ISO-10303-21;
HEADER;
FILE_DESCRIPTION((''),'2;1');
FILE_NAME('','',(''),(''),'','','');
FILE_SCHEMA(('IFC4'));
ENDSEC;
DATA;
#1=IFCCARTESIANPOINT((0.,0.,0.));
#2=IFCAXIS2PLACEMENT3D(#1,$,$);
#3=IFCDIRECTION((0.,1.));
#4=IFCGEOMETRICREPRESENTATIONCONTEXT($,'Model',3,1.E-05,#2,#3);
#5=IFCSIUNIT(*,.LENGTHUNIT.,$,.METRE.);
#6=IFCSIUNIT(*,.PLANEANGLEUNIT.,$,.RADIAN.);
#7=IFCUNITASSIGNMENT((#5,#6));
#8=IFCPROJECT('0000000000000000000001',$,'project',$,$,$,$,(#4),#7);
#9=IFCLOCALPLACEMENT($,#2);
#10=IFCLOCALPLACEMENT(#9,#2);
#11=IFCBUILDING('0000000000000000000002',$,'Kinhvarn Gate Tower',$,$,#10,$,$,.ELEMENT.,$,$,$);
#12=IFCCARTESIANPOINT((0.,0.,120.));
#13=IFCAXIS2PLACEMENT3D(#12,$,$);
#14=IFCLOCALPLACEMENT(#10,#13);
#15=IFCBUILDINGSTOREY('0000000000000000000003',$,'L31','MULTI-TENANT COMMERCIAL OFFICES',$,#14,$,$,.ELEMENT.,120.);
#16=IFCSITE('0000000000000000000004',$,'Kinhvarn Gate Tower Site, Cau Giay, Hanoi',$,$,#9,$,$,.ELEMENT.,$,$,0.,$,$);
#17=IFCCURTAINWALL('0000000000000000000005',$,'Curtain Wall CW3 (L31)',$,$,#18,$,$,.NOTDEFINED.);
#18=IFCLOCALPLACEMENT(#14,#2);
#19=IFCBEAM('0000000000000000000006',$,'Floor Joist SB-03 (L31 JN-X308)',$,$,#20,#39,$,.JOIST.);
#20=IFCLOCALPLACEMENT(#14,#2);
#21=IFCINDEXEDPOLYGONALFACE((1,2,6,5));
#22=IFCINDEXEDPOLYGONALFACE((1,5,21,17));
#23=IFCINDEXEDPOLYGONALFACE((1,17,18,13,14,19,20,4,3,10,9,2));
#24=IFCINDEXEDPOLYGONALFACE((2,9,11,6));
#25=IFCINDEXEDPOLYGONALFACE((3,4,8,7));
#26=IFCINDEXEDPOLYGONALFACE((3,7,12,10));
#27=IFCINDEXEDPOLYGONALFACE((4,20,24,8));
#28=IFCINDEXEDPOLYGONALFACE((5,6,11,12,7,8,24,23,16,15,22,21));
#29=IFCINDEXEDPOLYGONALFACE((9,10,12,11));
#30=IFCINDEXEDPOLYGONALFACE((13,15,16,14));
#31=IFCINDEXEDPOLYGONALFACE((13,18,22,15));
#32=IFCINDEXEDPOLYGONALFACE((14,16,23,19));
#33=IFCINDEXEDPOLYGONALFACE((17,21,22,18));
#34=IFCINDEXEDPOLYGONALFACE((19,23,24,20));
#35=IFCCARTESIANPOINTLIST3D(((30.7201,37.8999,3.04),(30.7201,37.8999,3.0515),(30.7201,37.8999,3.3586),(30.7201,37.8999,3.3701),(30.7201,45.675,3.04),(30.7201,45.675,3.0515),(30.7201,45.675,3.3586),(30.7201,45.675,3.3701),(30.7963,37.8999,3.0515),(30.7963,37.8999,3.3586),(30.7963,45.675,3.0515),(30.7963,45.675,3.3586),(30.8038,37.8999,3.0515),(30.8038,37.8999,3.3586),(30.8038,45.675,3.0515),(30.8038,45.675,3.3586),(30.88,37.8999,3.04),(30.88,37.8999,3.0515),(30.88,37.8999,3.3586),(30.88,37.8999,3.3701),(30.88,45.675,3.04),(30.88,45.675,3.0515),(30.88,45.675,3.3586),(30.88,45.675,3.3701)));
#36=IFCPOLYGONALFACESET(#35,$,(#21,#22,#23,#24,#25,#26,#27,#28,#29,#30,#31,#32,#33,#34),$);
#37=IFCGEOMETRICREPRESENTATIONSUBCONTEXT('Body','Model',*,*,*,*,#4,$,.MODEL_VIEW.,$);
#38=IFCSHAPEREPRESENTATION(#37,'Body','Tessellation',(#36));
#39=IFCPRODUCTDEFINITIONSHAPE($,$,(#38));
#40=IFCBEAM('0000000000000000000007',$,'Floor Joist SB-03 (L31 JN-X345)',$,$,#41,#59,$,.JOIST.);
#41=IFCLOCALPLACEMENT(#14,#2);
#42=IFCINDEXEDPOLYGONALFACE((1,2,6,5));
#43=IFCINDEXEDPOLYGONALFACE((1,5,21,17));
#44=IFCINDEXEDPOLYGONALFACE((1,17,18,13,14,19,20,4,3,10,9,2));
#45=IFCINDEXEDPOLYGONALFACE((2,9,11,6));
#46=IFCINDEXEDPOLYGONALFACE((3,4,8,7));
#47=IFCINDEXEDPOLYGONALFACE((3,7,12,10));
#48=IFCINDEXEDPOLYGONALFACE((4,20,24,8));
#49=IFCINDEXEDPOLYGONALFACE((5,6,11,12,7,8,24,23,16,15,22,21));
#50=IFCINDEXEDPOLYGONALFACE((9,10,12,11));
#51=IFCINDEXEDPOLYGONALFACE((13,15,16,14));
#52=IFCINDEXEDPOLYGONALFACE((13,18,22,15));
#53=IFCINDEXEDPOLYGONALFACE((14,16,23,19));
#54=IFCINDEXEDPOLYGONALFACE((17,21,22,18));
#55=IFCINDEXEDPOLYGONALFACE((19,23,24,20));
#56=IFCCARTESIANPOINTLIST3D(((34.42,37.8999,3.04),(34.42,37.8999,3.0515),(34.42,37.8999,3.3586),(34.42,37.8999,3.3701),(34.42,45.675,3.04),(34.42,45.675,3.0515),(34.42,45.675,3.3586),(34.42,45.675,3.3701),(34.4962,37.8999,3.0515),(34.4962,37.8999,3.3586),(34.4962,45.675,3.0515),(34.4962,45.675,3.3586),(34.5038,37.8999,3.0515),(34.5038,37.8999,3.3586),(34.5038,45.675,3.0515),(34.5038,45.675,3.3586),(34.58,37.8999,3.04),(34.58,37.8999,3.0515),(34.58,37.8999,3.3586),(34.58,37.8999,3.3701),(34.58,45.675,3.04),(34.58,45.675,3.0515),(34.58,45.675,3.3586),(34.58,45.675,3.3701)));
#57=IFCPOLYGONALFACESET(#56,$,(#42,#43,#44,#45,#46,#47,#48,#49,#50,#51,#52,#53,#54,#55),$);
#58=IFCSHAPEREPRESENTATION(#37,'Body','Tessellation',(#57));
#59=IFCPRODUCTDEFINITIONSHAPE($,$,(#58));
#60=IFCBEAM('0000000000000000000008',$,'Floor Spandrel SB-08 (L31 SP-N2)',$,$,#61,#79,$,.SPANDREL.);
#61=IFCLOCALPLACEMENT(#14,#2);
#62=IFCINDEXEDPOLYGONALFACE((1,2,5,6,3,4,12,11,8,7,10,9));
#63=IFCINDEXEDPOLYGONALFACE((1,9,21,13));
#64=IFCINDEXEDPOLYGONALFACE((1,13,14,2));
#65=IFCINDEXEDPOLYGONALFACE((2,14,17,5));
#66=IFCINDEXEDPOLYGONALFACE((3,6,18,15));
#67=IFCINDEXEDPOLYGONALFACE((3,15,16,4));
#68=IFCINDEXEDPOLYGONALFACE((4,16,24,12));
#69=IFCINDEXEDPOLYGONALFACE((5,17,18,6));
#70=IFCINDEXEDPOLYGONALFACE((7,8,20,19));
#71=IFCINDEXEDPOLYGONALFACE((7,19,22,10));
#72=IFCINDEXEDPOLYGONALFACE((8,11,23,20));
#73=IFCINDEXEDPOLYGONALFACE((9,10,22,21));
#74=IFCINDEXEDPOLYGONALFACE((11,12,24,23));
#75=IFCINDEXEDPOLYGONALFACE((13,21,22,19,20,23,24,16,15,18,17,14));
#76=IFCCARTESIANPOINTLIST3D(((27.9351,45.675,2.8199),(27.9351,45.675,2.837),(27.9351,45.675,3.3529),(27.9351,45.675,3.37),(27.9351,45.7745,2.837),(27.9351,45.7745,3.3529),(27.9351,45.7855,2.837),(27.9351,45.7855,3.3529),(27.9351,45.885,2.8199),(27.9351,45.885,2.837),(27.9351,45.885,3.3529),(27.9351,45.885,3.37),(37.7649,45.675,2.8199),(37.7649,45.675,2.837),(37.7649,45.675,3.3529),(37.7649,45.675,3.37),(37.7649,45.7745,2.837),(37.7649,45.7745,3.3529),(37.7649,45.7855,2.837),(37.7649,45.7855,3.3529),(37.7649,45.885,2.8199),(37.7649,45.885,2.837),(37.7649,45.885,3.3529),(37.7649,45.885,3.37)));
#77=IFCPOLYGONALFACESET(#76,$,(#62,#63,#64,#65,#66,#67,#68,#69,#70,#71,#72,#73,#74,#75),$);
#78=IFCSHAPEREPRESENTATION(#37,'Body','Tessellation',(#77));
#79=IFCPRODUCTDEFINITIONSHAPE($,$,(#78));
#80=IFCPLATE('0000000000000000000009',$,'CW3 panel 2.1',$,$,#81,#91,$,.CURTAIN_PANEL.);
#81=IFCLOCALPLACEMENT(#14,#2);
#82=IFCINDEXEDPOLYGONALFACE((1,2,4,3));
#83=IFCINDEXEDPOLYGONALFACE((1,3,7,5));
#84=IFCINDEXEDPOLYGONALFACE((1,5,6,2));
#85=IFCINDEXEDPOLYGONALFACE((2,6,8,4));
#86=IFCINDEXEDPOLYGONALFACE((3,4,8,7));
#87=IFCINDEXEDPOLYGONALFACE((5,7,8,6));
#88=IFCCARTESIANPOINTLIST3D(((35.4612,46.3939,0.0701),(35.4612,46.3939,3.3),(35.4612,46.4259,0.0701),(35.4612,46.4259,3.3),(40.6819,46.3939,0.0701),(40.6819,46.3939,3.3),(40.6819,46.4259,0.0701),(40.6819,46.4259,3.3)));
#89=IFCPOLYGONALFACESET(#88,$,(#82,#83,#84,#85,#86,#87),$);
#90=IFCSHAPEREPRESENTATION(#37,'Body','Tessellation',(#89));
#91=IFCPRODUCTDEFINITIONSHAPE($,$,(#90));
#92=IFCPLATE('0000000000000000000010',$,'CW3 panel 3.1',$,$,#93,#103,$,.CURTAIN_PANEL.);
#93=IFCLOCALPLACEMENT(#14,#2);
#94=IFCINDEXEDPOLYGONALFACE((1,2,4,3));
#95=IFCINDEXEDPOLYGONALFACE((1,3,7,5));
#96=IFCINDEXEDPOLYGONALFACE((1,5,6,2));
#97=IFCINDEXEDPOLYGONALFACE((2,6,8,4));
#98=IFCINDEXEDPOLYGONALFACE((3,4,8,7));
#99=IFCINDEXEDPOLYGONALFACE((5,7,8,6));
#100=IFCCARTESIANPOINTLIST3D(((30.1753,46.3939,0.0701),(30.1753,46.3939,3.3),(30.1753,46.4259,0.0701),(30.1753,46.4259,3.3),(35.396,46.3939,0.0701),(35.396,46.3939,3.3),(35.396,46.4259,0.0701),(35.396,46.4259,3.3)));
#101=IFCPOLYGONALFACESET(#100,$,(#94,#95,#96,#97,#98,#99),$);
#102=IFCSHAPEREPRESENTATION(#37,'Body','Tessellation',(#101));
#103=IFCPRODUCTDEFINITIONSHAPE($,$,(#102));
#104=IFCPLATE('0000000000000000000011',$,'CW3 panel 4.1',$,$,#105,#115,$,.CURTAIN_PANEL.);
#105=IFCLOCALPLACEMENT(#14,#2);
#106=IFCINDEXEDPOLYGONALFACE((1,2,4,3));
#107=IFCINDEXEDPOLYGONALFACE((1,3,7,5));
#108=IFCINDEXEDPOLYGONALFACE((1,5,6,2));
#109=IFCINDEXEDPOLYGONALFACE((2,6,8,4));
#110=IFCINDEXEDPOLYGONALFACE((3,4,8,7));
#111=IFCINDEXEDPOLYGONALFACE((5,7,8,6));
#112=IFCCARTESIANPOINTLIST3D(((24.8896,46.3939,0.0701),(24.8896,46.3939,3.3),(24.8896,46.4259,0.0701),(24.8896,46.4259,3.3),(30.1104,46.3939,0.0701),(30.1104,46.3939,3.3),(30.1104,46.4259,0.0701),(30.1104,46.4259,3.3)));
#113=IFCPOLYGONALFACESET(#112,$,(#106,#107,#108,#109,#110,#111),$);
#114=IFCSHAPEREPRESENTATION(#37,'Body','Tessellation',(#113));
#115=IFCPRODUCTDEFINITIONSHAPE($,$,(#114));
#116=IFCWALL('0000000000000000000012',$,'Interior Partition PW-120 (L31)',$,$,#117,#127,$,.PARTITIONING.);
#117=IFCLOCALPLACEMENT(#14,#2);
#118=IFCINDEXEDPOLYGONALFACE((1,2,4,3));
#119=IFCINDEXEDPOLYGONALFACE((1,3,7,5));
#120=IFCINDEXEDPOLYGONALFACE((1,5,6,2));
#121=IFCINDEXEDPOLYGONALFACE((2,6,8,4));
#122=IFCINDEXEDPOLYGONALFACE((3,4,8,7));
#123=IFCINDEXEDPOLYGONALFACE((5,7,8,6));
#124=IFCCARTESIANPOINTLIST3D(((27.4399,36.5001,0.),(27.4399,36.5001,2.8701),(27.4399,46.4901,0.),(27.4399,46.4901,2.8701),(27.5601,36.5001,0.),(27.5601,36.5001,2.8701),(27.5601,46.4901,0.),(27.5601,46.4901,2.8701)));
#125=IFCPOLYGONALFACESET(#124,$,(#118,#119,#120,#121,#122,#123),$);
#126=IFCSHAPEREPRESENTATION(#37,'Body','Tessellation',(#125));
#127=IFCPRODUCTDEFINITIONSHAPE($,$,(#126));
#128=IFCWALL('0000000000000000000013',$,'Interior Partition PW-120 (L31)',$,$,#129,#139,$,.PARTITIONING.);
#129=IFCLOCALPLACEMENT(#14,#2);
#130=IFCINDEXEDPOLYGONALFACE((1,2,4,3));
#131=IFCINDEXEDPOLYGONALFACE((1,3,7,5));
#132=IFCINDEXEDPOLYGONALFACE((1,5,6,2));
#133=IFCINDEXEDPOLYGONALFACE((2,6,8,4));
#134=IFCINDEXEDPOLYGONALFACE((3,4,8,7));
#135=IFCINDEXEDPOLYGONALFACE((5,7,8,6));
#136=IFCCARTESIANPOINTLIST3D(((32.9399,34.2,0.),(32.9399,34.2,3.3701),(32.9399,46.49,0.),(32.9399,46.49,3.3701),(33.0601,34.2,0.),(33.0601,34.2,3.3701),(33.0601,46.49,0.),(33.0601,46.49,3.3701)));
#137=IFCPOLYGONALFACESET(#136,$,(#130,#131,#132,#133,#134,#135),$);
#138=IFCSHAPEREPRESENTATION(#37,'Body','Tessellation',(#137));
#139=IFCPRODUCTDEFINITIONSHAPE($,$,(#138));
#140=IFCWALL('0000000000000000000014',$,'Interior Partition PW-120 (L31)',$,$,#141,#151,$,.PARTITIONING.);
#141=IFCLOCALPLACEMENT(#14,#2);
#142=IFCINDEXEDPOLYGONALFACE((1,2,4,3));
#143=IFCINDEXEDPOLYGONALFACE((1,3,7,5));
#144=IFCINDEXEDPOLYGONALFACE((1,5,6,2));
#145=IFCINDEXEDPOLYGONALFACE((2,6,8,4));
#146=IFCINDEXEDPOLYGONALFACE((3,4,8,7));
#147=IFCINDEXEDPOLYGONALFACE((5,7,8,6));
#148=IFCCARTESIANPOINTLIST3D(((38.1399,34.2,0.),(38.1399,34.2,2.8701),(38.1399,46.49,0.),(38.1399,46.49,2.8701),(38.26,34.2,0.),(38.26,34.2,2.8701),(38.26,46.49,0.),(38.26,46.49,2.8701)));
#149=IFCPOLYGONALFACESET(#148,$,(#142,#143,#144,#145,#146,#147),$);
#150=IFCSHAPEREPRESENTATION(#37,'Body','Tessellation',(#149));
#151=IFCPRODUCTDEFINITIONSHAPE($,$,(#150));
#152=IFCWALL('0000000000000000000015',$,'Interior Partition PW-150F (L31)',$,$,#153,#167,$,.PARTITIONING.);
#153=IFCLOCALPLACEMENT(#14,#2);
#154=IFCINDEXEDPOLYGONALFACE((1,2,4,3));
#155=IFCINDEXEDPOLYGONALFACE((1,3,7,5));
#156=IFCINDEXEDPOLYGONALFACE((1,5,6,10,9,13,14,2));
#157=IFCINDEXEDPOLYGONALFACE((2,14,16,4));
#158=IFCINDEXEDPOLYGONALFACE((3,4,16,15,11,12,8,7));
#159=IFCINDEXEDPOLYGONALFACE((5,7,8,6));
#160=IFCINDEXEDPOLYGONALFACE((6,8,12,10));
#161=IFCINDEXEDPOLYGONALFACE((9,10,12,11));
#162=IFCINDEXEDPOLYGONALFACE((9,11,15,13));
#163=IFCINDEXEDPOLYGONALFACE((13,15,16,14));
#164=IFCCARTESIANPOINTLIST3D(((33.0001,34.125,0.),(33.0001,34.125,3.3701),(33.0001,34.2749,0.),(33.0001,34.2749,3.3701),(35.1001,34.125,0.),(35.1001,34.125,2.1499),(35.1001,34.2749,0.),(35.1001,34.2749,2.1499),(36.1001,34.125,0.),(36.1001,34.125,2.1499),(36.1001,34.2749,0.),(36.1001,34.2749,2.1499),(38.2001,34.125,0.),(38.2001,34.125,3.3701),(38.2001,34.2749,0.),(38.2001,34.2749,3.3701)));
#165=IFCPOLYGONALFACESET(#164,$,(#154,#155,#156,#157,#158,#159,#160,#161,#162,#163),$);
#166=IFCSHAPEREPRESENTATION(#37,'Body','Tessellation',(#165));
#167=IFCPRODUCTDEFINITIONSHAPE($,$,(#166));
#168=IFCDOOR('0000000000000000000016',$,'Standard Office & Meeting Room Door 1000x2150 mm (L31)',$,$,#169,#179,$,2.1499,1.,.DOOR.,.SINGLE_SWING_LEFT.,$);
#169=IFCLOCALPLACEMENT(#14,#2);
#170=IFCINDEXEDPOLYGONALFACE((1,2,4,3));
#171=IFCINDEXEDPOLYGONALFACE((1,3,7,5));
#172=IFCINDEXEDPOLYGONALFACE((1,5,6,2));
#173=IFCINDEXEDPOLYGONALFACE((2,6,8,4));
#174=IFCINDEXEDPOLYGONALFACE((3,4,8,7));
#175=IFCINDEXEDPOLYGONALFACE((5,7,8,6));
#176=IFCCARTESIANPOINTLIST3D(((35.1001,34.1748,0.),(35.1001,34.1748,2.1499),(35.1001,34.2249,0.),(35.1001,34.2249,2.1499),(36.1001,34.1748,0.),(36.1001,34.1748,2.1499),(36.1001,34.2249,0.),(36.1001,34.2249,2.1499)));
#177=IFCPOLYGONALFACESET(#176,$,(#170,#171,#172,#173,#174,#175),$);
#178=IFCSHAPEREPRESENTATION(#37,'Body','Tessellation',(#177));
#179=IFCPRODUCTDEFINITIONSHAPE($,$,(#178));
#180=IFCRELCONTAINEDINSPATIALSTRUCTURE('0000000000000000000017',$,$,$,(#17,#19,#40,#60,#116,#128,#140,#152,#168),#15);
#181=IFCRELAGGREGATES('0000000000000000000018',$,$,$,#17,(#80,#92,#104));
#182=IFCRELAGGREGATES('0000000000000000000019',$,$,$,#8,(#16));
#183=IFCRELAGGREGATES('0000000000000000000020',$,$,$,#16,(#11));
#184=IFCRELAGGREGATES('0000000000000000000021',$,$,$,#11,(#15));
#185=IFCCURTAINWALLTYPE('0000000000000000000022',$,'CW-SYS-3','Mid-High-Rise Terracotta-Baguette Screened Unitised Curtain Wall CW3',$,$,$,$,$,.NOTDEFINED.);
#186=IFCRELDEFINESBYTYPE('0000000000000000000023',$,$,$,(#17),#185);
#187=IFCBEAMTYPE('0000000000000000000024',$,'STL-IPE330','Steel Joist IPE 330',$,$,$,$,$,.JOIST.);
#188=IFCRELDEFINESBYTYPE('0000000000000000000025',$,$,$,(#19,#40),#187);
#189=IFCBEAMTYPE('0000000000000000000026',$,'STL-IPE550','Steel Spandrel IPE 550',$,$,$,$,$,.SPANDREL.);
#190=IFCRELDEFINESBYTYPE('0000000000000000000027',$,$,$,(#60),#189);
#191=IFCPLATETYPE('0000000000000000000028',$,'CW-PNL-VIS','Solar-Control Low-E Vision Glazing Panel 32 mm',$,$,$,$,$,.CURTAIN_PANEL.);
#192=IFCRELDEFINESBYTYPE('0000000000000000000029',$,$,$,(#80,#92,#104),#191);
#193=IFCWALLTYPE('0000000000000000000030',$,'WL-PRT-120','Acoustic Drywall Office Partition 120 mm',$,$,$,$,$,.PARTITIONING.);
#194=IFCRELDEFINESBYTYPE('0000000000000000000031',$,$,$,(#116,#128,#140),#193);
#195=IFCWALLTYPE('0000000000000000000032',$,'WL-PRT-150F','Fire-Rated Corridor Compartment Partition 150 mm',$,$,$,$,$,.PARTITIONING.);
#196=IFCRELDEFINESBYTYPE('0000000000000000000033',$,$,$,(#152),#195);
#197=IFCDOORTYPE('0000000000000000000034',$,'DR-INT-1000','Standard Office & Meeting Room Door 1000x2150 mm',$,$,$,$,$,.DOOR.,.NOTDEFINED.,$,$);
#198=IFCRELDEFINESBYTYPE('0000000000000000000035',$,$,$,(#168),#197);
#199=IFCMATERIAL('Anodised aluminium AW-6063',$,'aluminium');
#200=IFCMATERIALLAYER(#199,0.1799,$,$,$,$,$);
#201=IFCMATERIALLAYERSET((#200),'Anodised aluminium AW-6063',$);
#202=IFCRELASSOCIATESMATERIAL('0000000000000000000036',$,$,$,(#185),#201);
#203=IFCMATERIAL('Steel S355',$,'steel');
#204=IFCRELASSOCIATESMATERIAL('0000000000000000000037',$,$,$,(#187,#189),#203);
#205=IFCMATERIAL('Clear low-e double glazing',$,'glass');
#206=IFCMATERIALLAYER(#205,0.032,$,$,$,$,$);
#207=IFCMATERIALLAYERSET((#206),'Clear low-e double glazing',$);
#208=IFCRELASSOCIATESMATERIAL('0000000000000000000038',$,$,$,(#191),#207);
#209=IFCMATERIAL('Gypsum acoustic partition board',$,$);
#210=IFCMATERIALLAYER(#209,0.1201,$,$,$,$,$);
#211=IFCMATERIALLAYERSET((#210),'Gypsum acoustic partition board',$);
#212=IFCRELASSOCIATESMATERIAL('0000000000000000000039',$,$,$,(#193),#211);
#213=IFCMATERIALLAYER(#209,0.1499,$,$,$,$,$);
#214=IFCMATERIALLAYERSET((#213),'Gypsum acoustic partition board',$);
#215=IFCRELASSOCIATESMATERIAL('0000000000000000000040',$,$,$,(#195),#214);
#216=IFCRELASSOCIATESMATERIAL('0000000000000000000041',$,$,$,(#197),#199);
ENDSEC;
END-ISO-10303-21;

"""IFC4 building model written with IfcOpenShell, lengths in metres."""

from ifc_helpers import new_model, si_unit, direction, frame, frame_2d, origin, origin_2d, place, context, subcontext, project, spatial, rectangle, i_section, extrude, material, layer, layer_set, material_profile, profile_set, type_object, element, fill, aggregate, save


model = new_model("IFC4")

# Units and contexts
model_context = context("Model", 3, precision=1e-05, world=origin(), true_north=direction((0.0, 1.0)))
body_context = subcontext(model_context, "Body", "Model", "MODEL_VIEW")
ifc_project = project(units=[si_unit("LENGTHUNIT", "METRE"), si_unit("PLANEANGLEUNIT", "RADIAN")], contexts=[model_context])

# Site, building, storey
site_placement = place(None, origin())
site = spatial("IfcSite", under=ifc_project, at=site_placement, Name="Kinhvarn Gate Tower Site, Cau Giay, Hanoi", CompositionType="ELEMENT", RefElevation=0.0)
building_placement = place(site_placement, origin())
building = spatial("IfcBuilding", under=site, at=building_placement, Name="Kinhvarn Gate Tower", CompositionType="ELEMENT")
storey_placement = place(building_placement, frame((0.0, 0.0, 120.0)))
storey = spatial("IfcBuildingStorey", under=building, at=storey_placement, Name="L31", Description="MULTI-TENANT COMMERCIAL OFFICES", CompositionType="ELEMENT", Elevation=120.0)

# Curtain wall
ifc_material_1 = material(Name="Anodised aluminium AW-6063", Category="aluminium")
ifc_layer_1 = layer(ifc_material_1, 0.1799)
ifc_layer_set_1 = layer_set([ifc_layer_1], Name="Anodised aluminium AW-6063")
curtain_wall_type = type_object("IfcCurtainWallType", Name="CW-SYS-3", Description="Mid-High-Rise Terracotta-Baguette Screened Unitised Curtain Wall CW3", PredefinedType="NOTDEFINED", material=ifc_layer_set_1)
curtain_wall_placement = place(storey_placement, origin())
curtain_wall = element("IfcCurtainWall", 1, at=curtain_wall_placement, inside=storey, type_object=curtain_wall_type, Name="Curtain Wall CW3 (L31)", PredefinedType="NOTDEFINED")

# Beams
ifc_material_2 = material(Name="Steel S355", Category="steel")
ifc_material_profile_1 = material_profile(ifc_material_2, i_section(OverallWidth=0.1599, OverallDepth=0.3301, WebThickness=0.0076, FlangeThickness=0.0115, at=origin_2d()), Name="IPE 330")
ifc_profile_set_1 = profile_set([ifc_material_profile_1], Name="Steel S355")
beam_type_1 = type_object("IfcBeamType", Name="STL-IPE330", Description="Steel Joist IPE 330", PredefinedType="JOIST", material=ifc_profile_set_1)
for number, where, z_axis, x_axis, name in (
    (2, (30.8, 37.8999, 3.2051), (0.0, 1.0, 0.0), (-1.0, 0.0, 0.0), "Floor Joist SB-03 (L31 JN-X308)"),
    (3, (34.5, 37.8999, 3.2051), (0.0, 1.0, 0.0), (-1.0, 0.0, 0.0), "Floor Joist SB-03 (L31 JN-X345)"),
):
    element("IfcBeam", number, at=place(storey_placement, frame(where, z_axis=z_axis, x_axis=x_axis)), inside=storey, type_object=beam_type_1, Name=name, PredefinedType="JOIST", context=body_context, shape_type="SweptSolid", body=[
        extrude(i_section(OverallWidth=0.1599, OverallDepth=0.3301, WebThickness=0.0076, FlangeThickness=0.0115, at=origin_2d()), origin(), (0.0, 0.0, 1.0), 7.7751),
    ])
ifc_material_profile_2 = material_profile(ifc_material_2, i_section(OverallWidth=0.21, OverallDepth=0.55, WebThickness=0.011, FlangeThickness=0.0171, at=origin_2d()), Name="IPE 550")
ifc_profile_set_2 = profile_set([ifc_material_profile_2], Name="Steel S355")
beam_type_2 = type_object("IfcBeamType", Name="STL-IPE550", Description="Steel Spandrel IPE 550", PredefinedType="SPANDREL", material=ifc_profile_set_2)
beam_1_placement = place(storey_placement, frame((27.9351, 45.78, 3.095), z_axis=(1.0, 0.0, 0.0), x_axis=(0.0, 1.0, 0.0)))
element("IfcBeam", 4, at=beam_1_placement, inside=storey, type_object=beam_type_2, Name="Floor Spandrel SB-08 (L31 SP-N2)", PredefinedType="SPANDREL", context=body_context, shape_type="SweptSolid", body=[
    extrude(i_section(OverallWidth=0.21, OverallDepth=0.55, WebThickness=0.011, FlangeThickness=0.0171, at=origin_2d()), origin(), (0.0, 0.0, 1.0), 9.8298),
])

# Plates
ifc_material_3 = material(Name="Clear low-e double glazing", Category="glass")
ifc_layer_2 = layer(ifc_material_3, 0.032)
ifc_layer_set_2 = layer_set([ifc_layer_2], Name="Clear low-e double glazing")
plate_type = type_object("IfcPlateType", Name="CW-PNL-VIS", Description="Solar-Control Low-E Vision Glazing Panel 32 mm", PredefinedType="CURTAIN_PANEL", material=ifc_layer_set_2)
plate_1_placement = place(storey_placement, frame((38.0715, 46.4099, 0.0701), z_axis=(0.0, 0.0, 1.0), x_axis=(-1.0, 0.0, 0.0)))
plate_1 = element("IfcPlate", 5, at=plate_1_placement, type_object=plate_type, Name="CW3 panel 2.1", PredefinedType="CURTAIN_PANEL", context=body_context, shape_type="SweptSolid", body=[
    extrude(rectangle(XDim=5.2207, YDim=0.032, at=origin_2d()), origin(), (0.0, 0.0, 1.0), 3.23),
])
plate_2_placement = place(storey_placement, frame((32.7856, 46.4099, 0.0701), z_axis=(0.0, 0.0, 1.0), x_axis=(-1.0, 0.0, 0.0)))
plate_2 = element("IfcPlate", 6, at=plate_2_placement, type_object=plate_type, Name="CW3 panel 3.1", PredefinedType="CURTAIN_PANEL", context=body_context, shape_type="SweptSolid", body=[
    extrude(rectangle(XDim=5.2207, YDim=0.032, at=origin_2d()), origin(), (0.0, 0.0, 1.0), 3.23),
])
plate_3_placement = place(storey_placement, frame((27.5, 46.4099, 0.0701), z_axis=(0.0, 0.0, 1.0), x_axis=(-1.0, 0.0, 0.0)))
plate_3 = element("IfcPlate", 7, at=plate_3_placement, type_object=plate_type, Name="CW3 panel 4.1", PredefinedType="CURTAIN_PANEL", context=body_context, shape_type="SweptSolid", body=[
    extrude(rectangle(XDim=5.2207, YDim=0.032, at=origin_2d()), origin(), (0.0, 0.0, 1.0), 3.23),
])
aggregate(curtain_wall, [plate_1, plate_2, plate_3])

# Walls
ifc_material_4 = material(Name="Gypsum acoustic partition board")
ifc_layer_3 = layer(ifc_material_4, 0.1201)
ifc_layer_set_3 = layer_set([ifc_layer_3], Name="Gypsum acoustic partition board")
wall_type_1 = type_object("IfcWallType", Name="WL-PRT-120", Description="Acoustic Drywall Office Partition 120 mm", PredefinedType="PARTITIONING", material=ifc_layer_set_3)
wall_1_placement = place(storey_placement, frame((27.5, 36.5, 0.0), z_axis=(0.0, 0.0, 1.0), x_axis=(0.0, 1.0, 0.0)))
element("IfcWall", 8, at=wall_1_placement, inside=storey, type_object=wall_type_1, Name="Interior Partition PW-120 (L31)", PredefinedType="PARTITIONING", context=body_context, shape_type="SweptSolid", body=[
    extrude(rectangle(XDim=9.99, YDim=0.1201, at=frame_2d((4.9951, 0.0))), origin(), (0.0, 0.0, 1.0), 2.8701),
])
wall_2_placement = place(storey_placement, frame((33.0, 34.2, 0.0), z_axis=(0.0, 0.0, 1.0), x_axis=(0.0, 1.0, 0.0)))
element("IfcWall", 9, at=wall_2_placement, inside=storey, type_object=wall_type_1, Name="Interior Partition PW-120 (L31)", PredefinedType="PARTITIONING", context=body_context, shape_type="SweptSolid", body=[
    extrude(rectangle(XDim=12.29, YDim=0.1201, at=frame_2d((6.145, 0.0))), origin(), (0.0, 0.0, 1.0), 3.3701),
])
wall_3_placement = place(storey_placement, frame((38.2, 34.2, 0.0), z_axis=(0.0, 0.0, 1.0), x_axis=(0.0, 1.0, 0.0)))
element("IfcWall", 10, at=wall_3_placement, inside=storey, type_object=wall_type_1, Name="Interior Partition PW-120 (L31)", PredefinedType="PARTITIONING", context=body_context, shape_type="SweptSolid", body=[
    extrude(rectangle(XDim=12.29, YDim=0.1201, at=frame_2d((6.145, 0.0))), origin(), (0.0, 0.0, 1.0), 2.8701),
])

# Wall, opening, door
ifc_layer_4 = layer(ifc_material_4, 0.1499)
ifc_layer_set_4 = layer_set([ifc_layer_4], Name="Gypsum acoustic partition board")
wall_type_2 = type_object("IfcWallType", Name="WL-PRT-150F", Description="Fire-Rated Corridor Compartment Partition 150 mm", PredefinedType="PARTITIONING", material=ifc_layer_set_4)
wall_4_placement = place(storey_placement, frame((33.0, 34.2, 0.0), z_axis=(0.0, 0.0, 1.0), x_axis=(1.0, 0.0, 0.0)))
wall_4 = element("IfcWall", 11, at=wall_4_placement, inside=storey, type_object=wall_type_2, Name="Interior Partition PW-150F (L31)", PredefinedType="PARTITIONING", context=body_context, shape_type="SweptSolid", body=[
    extrude(rectangle(XDim=5.2, YDim=0.1499, at=frame_2d((2.6001, 0.0))), origin(), (0.0, 0.0, 1.0), 3.3701),
])
opening_1_placement = place(wall_4_placement, frame((2.1001, 0.0, 0.0)))
opening_1 = element("IfcOpeningElement", 12, at=opening_1_placement, cuts=wall_4, PredefinedType="OPENING", context=body_context, shape_type="SweptSolid", body=[
    extrude(rectangle(XDim=1.0, YDim=2.1499, at=frame_2d((0.5, 1.075))), frame((0.0, 0.085, 0.0), z_axis=(0.0, -1.0, 0.0), x_axis=(1.0, 0.0, 0.0)), (0.0, 0.0, 1.0), 0.1699),
])
door_type_1 = type_object("IfcDoorType", Name="DR-INT-1000", Description="Standard Office & Meeting Room Door 1000x2150 mm", OperationType="NOTDEFINED", PredefinedType="DOOR", material=ifc_material_1)
door_1_placement = place(opening_1_placement, origin())
door_1 = element("IfcDoor", 13, at=door_1_placement, inside=storey, type_object=door_type_1, Name="Standard Office & Meeting Room Door 1000x2150 mm (L31)", OperationType="SINGLE_SWING_LEFT", OverallHeight=2.1499, OverallWidth=1.0, PredefinedType="DOOR", context=body_context, shape_type="SweptSolid", body=[
    extrude(rectangle(XDim=1.0, YDim=2.1499, at=frame_2d((0.5, 1.075))), frame((0.0, 0.0249, 0.0), z_axis=(0.0, -1.0, 0.0), x_axis=(1.0, 0.0, 0.0)), (0.0, 0.0, 1.0), 0.05),
])
fill(opening_1, door_1)

save(model, "model.ifc")
